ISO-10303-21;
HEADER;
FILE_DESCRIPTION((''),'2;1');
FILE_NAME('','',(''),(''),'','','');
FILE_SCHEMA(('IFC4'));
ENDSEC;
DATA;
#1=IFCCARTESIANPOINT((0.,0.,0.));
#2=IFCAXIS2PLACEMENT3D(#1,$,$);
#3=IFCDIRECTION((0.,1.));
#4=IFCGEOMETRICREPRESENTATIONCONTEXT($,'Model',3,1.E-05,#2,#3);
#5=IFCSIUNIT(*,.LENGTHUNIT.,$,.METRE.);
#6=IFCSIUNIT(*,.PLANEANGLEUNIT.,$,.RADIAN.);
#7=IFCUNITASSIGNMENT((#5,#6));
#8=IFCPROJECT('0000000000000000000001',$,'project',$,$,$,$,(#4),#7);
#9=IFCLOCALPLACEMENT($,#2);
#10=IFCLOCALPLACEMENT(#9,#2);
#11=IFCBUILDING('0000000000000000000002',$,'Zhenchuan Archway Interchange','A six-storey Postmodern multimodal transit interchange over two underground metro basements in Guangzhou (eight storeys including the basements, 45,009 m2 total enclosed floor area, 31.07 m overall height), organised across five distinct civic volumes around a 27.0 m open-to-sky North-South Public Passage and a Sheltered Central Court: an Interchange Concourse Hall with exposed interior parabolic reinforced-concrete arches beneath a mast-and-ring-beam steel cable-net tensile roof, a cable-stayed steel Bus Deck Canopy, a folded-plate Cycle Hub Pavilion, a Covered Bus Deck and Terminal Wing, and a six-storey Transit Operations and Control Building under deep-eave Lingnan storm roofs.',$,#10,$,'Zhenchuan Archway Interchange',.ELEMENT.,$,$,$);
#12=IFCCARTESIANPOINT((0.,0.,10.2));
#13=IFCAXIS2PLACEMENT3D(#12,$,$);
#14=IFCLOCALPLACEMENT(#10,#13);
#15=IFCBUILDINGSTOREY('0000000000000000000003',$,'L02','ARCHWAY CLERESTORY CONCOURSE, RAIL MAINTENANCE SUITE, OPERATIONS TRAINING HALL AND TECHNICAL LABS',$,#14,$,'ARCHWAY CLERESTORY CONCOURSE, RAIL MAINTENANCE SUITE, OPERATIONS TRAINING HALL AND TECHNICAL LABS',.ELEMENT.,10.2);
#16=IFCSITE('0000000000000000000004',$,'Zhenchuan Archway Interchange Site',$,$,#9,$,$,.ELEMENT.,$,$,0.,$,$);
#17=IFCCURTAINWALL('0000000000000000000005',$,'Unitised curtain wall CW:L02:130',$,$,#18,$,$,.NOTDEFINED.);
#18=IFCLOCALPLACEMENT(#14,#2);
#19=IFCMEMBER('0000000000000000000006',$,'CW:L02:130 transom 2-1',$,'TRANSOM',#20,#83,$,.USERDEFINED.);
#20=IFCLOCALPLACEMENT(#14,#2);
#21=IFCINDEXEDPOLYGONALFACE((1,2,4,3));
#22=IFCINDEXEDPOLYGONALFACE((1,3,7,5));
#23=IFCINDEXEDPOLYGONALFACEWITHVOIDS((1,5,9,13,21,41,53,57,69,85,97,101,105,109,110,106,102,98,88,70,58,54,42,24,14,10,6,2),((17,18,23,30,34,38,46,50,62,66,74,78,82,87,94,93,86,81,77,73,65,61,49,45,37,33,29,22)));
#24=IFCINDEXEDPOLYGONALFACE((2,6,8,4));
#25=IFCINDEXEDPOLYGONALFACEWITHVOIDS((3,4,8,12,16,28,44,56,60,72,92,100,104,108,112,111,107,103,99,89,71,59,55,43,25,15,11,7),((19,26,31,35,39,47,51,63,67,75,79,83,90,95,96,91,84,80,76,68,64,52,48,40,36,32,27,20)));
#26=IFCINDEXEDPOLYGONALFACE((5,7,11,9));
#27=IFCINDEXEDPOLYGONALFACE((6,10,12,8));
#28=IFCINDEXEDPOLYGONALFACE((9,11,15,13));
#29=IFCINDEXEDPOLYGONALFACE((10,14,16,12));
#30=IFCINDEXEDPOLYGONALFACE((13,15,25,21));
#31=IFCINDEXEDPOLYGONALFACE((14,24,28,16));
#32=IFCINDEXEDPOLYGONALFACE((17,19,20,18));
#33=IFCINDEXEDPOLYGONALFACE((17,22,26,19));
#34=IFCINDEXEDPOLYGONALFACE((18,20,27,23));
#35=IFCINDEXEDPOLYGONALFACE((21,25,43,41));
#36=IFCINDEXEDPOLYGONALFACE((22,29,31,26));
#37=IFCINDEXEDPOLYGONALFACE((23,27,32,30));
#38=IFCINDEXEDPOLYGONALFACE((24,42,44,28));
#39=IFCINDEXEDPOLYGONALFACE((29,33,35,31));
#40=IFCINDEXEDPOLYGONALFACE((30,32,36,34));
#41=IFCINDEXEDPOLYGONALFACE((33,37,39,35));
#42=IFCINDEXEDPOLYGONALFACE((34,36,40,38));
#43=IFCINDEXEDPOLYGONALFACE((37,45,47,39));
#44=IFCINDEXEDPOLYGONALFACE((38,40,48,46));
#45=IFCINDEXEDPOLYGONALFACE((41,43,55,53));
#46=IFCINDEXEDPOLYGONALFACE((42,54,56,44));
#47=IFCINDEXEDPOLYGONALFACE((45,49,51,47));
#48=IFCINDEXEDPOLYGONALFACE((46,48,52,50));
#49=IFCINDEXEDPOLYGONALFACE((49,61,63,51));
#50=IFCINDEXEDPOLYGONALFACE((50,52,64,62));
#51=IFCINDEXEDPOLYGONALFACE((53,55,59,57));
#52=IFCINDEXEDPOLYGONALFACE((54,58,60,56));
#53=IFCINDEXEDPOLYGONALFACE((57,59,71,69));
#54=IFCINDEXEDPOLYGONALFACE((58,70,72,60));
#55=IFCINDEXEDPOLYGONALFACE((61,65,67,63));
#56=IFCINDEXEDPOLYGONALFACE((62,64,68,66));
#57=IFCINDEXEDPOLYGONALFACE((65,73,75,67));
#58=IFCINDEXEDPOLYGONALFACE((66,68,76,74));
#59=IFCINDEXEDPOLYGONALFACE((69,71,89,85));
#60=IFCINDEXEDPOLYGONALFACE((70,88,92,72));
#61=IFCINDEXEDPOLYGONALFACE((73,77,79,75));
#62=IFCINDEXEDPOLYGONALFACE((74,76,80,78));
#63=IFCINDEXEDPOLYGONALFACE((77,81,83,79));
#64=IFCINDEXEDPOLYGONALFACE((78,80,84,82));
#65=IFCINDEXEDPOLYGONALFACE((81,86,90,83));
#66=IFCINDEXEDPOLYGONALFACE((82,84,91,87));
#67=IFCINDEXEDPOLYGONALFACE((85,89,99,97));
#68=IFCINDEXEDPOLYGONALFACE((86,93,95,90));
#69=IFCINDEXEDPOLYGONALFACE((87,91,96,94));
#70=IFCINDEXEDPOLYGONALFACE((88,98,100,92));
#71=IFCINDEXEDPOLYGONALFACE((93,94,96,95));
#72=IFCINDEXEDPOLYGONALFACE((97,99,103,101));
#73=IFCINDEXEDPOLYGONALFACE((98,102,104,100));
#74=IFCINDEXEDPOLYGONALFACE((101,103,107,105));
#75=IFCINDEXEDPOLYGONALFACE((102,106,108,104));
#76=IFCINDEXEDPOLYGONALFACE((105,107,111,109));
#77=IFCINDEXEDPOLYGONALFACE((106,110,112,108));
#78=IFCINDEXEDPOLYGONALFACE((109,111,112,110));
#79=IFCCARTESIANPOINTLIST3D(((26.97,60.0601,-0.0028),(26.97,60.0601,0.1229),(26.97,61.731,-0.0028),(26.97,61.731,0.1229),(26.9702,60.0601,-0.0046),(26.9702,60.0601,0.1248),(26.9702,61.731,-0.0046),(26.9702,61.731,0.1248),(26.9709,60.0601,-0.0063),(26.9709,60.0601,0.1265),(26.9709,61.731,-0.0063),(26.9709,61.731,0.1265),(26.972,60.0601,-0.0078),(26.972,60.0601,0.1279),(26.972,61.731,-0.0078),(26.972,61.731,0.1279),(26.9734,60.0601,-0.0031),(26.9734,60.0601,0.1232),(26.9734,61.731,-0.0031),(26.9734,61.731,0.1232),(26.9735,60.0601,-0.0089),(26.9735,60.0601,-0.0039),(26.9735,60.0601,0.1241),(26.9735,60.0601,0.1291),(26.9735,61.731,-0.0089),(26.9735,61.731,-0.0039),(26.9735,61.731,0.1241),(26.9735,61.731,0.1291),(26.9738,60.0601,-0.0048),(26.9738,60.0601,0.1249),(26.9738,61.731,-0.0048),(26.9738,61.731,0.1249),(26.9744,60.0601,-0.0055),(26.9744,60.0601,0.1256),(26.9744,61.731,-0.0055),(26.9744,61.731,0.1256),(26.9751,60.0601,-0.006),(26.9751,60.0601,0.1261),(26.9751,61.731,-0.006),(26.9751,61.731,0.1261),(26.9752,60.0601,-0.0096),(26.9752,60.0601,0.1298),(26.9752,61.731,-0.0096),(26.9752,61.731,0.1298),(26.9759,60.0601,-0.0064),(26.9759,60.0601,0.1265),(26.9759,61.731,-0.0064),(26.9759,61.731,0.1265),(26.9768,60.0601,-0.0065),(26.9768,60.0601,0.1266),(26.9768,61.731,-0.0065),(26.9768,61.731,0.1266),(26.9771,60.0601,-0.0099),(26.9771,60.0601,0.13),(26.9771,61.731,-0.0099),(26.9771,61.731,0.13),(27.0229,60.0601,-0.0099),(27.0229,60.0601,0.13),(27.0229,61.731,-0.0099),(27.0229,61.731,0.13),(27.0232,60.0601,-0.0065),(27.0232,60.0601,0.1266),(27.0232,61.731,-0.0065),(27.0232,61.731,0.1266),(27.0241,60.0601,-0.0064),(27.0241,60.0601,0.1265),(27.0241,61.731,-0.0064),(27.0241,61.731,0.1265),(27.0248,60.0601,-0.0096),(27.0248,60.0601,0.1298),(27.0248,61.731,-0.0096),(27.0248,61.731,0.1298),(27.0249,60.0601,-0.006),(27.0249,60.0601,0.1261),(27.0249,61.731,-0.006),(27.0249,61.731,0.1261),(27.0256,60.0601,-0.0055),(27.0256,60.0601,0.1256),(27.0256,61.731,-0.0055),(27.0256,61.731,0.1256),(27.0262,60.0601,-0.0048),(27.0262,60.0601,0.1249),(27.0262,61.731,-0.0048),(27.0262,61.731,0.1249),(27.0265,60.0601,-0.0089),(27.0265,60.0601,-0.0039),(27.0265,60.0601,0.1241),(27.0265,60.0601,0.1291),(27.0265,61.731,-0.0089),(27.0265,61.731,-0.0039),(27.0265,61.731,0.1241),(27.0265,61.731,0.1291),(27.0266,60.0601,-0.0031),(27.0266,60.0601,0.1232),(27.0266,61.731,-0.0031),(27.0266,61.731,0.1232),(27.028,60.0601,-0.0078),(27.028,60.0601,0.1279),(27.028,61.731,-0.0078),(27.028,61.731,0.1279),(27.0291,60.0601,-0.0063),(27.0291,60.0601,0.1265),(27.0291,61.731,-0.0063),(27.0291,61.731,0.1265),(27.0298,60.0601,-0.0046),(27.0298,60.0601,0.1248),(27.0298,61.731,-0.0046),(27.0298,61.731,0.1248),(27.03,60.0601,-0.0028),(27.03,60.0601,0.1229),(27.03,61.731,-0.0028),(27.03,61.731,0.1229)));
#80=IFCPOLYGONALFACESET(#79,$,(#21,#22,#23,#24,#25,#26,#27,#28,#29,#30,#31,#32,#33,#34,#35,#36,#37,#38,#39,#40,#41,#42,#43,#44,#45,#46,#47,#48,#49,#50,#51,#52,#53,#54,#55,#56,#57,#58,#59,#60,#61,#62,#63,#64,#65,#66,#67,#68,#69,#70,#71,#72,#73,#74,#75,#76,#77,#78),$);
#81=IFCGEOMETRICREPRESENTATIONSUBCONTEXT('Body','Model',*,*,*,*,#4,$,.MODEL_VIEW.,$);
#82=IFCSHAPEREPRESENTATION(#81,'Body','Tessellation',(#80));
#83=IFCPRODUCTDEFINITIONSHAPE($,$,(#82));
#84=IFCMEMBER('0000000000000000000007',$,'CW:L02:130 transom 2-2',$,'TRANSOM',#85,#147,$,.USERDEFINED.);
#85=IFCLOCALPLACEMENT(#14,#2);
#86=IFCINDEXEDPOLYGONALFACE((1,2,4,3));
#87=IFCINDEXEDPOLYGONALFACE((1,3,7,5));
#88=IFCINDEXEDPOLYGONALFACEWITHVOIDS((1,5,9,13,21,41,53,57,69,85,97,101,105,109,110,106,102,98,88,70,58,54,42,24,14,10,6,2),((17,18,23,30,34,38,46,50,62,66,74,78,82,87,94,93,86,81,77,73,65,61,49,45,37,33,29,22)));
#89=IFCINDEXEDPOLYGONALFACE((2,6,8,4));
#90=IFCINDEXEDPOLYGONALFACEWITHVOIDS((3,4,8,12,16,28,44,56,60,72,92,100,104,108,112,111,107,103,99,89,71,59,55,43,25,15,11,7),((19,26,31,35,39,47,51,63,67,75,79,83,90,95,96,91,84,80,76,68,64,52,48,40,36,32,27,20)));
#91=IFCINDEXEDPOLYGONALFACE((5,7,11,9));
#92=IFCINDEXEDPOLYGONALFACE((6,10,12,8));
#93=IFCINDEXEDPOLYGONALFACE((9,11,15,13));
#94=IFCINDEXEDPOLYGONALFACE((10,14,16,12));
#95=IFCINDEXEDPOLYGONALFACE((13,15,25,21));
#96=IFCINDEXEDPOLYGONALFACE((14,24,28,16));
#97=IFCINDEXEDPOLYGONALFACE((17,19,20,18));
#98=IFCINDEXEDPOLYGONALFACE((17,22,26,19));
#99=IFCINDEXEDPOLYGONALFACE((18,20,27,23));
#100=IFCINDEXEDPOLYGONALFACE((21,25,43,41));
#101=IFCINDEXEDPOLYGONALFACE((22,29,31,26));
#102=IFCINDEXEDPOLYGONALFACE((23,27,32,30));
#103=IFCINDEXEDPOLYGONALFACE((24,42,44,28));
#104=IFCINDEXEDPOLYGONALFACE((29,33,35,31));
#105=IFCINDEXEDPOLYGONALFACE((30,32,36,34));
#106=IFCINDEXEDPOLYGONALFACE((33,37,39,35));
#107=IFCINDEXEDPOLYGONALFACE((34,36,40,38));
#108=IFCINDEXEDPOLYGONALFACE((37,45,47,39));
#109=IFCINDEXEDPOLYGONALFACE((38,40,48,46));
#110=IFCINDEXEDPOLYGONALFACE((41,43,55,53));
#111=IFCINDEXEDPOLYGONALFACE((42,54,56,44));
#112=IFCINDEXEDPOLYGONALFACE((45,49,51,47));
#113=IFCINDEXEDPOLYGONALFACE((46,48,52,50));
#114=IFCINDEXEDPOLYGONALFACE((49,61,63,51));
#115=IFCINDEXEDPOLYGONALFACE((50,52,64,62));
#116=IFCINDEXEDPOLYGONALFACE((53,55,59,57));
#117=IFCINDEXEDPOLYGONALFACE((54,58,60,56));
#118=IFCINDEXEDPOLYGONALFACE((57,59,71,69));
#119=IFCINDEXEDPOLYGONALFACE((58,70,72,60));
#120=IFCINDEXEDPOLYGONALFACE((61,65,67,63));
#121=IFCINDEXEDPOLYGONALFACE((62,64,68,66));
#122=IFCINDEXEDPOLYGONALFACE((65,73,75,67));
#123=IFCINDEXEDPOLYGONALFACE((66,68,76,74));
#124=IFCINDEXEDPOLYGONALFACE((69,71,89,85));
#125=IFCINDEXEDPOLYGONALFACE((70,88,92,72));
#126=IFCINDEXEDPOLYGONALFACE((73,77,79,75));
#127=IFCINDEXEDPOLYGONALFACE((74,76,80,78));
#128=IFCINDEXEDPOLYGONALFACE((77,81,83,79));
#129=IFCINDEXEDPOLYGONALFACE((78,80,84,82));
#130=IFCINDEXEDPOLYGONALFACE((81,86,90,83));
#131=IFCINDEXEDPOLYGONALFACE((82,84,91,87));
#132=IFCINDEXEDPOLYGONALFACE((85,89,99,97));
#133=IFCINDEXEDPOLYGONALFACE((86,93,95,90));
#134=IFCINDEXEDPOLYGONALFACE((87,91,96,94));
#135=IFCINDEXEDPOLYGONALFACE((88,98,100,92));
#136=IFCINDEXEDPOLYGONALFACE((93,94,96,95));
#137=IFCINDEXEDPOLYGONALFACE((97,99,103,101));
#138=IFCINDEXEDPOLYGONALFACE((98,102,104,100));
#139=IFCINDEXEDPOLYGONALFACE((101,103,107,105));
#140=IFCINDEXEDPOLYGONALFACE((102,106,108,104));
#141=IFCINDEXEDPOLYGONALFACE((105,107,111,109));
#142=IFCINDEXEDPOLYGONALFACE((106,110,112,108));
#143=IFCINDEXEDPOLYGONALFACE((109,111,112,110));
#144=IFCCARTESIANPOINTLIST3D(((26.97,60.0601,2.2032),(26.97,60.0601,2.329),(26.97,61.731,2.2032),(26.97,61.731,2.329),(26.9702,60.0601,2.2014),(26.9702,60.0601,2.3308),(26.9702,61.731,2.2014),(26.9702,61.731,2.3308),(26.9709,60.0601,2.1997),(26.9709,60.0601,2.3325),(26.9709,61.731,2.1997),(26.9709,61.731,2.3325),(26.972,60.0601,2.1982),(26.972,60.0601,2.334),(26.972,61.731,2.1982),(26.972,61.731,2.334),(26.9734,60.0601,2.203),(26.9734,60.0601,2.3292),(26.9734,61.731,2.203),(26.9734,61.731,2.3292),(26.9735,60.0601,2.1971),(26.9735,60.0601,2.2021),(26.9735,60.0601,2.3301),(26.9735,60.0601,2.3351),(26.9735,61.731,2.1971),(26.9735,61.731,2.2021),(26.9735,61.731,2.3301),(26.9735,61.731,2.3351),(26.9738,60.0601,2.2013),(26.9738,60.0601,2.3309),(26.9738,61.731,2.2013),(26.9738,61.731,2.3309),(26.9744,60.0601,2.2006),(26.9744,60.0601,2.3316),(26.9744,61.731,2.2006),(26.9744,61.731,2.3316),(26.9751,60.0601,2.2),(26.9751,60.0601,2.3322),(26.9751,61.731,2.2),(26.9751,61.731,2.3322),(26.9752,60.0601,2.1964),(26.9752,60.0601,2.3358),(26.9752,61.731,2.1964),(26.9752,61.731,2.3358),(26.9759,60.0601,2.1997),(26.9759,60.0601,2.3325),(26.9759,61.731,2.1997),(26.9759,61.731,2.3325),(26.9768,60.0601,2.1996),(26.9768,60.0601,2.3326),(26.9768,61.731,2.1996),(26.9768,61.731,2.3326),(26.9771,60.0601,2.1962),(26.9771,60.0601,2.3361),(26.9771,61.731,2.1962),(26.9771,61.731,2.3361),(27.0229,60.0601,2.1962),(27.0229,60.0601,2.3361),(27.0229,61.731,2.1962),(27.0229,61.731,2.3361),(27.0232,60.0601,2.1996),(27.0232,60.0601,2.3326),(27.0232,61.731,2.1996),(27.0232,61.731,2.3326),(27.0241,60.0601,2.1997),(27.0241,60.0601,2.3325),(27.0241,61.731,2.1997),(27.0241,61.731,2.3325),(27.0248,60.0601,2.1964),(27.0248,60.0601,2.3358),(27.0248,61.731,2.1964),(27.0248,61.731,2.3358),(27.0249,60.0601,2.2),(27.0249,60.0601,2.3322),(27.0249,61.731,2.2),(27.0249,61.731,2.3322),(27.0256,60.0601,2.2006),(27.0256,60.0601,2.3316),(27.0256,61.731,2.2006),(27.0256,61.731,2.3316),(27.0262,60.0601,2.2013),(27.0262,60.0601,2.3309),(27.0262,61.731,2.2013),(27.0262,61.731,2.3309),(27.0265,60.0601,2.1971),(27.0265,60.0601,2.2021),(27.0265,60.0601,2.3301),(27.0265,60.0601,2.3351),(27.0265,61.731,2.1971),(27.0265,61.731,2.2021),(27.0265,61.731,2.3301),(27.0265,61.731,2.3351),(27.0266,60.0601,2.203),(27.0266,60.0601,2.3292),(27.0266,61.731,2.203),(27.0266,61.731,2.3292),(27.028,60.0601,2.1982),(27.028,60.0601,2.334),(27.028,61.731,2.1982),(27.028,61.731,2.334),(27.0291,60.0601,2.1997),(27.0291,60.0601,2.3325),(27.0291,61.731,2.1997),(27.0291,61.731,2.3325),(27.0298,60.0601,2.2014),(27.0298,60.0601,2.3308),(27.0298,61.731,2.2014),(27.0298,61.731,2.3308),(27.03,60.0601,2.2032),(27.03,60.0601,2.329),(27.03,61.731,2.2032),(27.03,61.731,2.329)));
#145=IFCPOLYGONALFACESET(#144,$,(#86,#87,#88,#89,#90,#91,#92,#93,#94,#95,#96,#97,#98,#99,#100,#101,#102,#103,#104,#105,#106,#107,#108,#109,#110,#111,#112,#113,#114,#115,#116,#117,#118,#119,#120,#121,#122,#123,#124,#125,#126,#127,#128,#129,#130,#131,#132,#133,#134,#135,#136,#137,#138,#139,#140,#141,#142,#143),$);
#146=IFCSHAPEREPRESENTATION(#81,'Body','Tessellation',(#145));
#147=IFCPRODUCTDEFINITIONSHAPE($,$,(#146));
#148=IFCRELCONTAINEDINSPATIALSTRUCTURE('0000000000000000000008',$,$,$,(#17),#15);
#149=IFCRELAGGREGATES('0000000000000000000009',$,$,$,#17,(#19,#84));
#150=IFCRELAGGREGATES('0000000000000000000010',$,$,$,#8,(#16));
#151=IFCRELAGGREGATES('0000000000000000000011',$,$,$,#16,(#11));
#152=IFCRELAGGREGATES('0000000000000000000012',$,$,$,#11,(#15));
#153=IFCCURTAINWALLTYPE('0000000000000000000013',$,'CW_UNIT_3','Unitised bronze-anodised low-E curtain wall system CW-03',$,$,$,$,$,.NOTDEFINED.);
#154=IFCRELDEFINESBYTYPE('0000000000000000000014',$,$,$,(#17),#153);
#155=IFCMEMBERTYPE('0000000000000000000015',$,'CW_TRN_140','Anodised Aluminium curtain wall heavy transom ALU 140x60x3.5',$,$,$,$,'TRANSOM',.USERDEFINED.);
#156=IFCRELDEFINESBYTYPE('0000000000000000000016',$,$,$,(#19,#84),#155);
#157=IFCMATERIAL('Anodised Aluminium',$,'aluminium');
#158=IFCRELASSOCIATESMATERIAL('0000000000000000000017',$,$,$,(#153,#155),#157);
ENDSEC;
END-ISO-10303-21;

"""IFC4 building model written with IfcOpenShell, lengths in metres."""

from ifc_helpers import new_model, si_unit, direction, frame, origin, origin_2d, place, context, subcontext, project, spatial, hollow_rectangle, extrude, material, material_profile, profile_set, type_object, element, aggregate, save


model = new_model("IFC4")

# Units and contexts
model_context = context("Model", 3, precision=1e-05, world=origin(), true_north=direction((0.0, 1.0)))
body_context = subcontext(model_context, "Body", "Model", "MODEL_VIEW")
ifc_project = project(units=[si_unit("LENGTHUNIT", "METRE"), si_unit("PLANEANGLEUNIT", "RADIAN")], contexts=[model_context])

# Site, building, storey
site_placement = place(None, origin())
site = spatial("IfcSite", under=ifc_project, at=site_placement, Name="Zhenchuan Archway Interchange Site", CompositionType="ELEMENT", RefElevation=0.0)
building_placement = place(site_placement, origin())
building = spatial("IfcBuilding", under=site, at=building_placement, Name="Zhenchuan Archway Interchange", Description="A six-storey Postmodern multimodal transit interchange over two underground metro basements in Guangzhou (eight storeys including the basements, 45,009 m2 total enclosed floor area, 31.07 m overall height), organised across five distinct civic volumes around a 27.0 m open-to-sky North-South Public Passage and a Sheltered Central Court: an Interchange Concourse Hall with exposed interior parabolic reinforced-concrete arches beneath a mast-and-ring-beam steel cable-net tensile roof, a cable-stayed steel Bus Deck Canopy, a folded-plate Cycle Hub Pavilion, a Covered Bus Deck and Terminal Wing, and a six-storey Transit Operations and Control Building under deep-eave Lingnan storm roofs.", LongName="Zhenchuan Archway Interchange", CompositionType="ELEMENT")
storey_placement = place(building_placement, frame((0.0, 0.0, 10.2)))
storey = spatial("IfcBuildingStorey", under=building, at=storey_placement, Name="L02", Description="ARCHWAY CLERESTORY CONCOURSE, RAIL MAINTENANCE SUITE, OPERATIONS TRAINING HALL AND TECHNICAL LABS", LongName="ARCHWAY CLERESTORY CONCOURSE, RAIL MAINTENANCE SUITE, OPERATIONS TRAINING HALL AND TECHNICAL LABS", CompositionType="ELEMENT", Elevation=10.2)

# Curtain wall
ifc_material_1 = material(Name="Anodised Aluminium", Category="aluminium")
curtain_wall_type_1 = type_object("IfcCurtainWallType", Name="CW_UNIT_3", Description="Unitised bronze-anodised low-E curtain wall system CW-03", PredefinedType="NOTDEFINED", material=ifc_material_1)
curtain_wall_1_placement = place(storey_placement, origin())
curtain_wall_1 = element("IfcCurtainWall", 1, at=curtain_wall_1_placement, inside=storey, type_object=curtain_wall_type_1, Name="Unitised curtain wall CW:L02:130", PredefinedType="NOTDEFINED")

# Members
ifc_material_profile_1 = material_profile(ifc_material_1, hollow_rectangle(XDim=0.0601, YDim=0.1399, WallThickness=0.0034, InnerFilletRadius=0.0034, OuterFilletRadius=0.0071, at=origin_2d()), Name="ALU 140x60x3.5")
ifc_profile_set_1 = profile_set([ifc_material_profile_1], Name="Anodised Aluminium")
member_type_1 = type_object("IfcMemberType", Name="CW_TRN_140", Description="Anodised Aluminium curtain wall heavy transom ALU 140x60x3.5", ElementType="TRANSOM", PredefinedType="USERDEFINED", material=ifc_profile_set_1)
member_1_placement = place(storey_placement, frame((27.0, 60.0601, 0.0601), z_axis=(0.0, 1.0, 0.0), x_axis=(-1.0, 0.0, 0.0)))
member_1 = element("IfcMember", 2, at=member_1_placement, type_object=member_type_1, Name="CW:L02:130 transom 2-1", ObjectType="TRANSOM", PredefinedType="USERDEFINED", context=body_context, shape_type="SweptSolid", body=[
    extrude(hollow_rectangle(XDim=0.0601, YDim=0.1399, WallThickness=0.0034, InnerFilletRadius=0.0034, OuterFilletRadius=0.0071, at=origin_2d()), origin(), (0.0, 0.0, 1.0), 1.6709),
])
member_2_placement = place(storey_placement, frame((27.0, 60.0601, 2.2661), z_axis=(0.0, 1.0, 0.0), x_axis=(-1.0, 0.0, 0.0)))
member_2 = element("IfcMember", 3, at=member_2_placement, type_object=member_type_1, Name="CW:L02:130 transom 2-2", ObjectType="TRANSOM", PredefinedType="USERDEFINED", context=body_context, shape_type="SweptSolid", body=[
    extrude(hollow_rectangle(XDim=0.0601, YDim=0.1399, WallThickness=0.0034, InnerFilletRadius=0.0034, OuterFilletRadius=0.0071, at=origin_2d()), origin(), (0.0, 0.0, 1.0), 1.6709),
])

aggregate(curtain_wall_1, [member_1, member_2])

save(model, "model.ifc")
